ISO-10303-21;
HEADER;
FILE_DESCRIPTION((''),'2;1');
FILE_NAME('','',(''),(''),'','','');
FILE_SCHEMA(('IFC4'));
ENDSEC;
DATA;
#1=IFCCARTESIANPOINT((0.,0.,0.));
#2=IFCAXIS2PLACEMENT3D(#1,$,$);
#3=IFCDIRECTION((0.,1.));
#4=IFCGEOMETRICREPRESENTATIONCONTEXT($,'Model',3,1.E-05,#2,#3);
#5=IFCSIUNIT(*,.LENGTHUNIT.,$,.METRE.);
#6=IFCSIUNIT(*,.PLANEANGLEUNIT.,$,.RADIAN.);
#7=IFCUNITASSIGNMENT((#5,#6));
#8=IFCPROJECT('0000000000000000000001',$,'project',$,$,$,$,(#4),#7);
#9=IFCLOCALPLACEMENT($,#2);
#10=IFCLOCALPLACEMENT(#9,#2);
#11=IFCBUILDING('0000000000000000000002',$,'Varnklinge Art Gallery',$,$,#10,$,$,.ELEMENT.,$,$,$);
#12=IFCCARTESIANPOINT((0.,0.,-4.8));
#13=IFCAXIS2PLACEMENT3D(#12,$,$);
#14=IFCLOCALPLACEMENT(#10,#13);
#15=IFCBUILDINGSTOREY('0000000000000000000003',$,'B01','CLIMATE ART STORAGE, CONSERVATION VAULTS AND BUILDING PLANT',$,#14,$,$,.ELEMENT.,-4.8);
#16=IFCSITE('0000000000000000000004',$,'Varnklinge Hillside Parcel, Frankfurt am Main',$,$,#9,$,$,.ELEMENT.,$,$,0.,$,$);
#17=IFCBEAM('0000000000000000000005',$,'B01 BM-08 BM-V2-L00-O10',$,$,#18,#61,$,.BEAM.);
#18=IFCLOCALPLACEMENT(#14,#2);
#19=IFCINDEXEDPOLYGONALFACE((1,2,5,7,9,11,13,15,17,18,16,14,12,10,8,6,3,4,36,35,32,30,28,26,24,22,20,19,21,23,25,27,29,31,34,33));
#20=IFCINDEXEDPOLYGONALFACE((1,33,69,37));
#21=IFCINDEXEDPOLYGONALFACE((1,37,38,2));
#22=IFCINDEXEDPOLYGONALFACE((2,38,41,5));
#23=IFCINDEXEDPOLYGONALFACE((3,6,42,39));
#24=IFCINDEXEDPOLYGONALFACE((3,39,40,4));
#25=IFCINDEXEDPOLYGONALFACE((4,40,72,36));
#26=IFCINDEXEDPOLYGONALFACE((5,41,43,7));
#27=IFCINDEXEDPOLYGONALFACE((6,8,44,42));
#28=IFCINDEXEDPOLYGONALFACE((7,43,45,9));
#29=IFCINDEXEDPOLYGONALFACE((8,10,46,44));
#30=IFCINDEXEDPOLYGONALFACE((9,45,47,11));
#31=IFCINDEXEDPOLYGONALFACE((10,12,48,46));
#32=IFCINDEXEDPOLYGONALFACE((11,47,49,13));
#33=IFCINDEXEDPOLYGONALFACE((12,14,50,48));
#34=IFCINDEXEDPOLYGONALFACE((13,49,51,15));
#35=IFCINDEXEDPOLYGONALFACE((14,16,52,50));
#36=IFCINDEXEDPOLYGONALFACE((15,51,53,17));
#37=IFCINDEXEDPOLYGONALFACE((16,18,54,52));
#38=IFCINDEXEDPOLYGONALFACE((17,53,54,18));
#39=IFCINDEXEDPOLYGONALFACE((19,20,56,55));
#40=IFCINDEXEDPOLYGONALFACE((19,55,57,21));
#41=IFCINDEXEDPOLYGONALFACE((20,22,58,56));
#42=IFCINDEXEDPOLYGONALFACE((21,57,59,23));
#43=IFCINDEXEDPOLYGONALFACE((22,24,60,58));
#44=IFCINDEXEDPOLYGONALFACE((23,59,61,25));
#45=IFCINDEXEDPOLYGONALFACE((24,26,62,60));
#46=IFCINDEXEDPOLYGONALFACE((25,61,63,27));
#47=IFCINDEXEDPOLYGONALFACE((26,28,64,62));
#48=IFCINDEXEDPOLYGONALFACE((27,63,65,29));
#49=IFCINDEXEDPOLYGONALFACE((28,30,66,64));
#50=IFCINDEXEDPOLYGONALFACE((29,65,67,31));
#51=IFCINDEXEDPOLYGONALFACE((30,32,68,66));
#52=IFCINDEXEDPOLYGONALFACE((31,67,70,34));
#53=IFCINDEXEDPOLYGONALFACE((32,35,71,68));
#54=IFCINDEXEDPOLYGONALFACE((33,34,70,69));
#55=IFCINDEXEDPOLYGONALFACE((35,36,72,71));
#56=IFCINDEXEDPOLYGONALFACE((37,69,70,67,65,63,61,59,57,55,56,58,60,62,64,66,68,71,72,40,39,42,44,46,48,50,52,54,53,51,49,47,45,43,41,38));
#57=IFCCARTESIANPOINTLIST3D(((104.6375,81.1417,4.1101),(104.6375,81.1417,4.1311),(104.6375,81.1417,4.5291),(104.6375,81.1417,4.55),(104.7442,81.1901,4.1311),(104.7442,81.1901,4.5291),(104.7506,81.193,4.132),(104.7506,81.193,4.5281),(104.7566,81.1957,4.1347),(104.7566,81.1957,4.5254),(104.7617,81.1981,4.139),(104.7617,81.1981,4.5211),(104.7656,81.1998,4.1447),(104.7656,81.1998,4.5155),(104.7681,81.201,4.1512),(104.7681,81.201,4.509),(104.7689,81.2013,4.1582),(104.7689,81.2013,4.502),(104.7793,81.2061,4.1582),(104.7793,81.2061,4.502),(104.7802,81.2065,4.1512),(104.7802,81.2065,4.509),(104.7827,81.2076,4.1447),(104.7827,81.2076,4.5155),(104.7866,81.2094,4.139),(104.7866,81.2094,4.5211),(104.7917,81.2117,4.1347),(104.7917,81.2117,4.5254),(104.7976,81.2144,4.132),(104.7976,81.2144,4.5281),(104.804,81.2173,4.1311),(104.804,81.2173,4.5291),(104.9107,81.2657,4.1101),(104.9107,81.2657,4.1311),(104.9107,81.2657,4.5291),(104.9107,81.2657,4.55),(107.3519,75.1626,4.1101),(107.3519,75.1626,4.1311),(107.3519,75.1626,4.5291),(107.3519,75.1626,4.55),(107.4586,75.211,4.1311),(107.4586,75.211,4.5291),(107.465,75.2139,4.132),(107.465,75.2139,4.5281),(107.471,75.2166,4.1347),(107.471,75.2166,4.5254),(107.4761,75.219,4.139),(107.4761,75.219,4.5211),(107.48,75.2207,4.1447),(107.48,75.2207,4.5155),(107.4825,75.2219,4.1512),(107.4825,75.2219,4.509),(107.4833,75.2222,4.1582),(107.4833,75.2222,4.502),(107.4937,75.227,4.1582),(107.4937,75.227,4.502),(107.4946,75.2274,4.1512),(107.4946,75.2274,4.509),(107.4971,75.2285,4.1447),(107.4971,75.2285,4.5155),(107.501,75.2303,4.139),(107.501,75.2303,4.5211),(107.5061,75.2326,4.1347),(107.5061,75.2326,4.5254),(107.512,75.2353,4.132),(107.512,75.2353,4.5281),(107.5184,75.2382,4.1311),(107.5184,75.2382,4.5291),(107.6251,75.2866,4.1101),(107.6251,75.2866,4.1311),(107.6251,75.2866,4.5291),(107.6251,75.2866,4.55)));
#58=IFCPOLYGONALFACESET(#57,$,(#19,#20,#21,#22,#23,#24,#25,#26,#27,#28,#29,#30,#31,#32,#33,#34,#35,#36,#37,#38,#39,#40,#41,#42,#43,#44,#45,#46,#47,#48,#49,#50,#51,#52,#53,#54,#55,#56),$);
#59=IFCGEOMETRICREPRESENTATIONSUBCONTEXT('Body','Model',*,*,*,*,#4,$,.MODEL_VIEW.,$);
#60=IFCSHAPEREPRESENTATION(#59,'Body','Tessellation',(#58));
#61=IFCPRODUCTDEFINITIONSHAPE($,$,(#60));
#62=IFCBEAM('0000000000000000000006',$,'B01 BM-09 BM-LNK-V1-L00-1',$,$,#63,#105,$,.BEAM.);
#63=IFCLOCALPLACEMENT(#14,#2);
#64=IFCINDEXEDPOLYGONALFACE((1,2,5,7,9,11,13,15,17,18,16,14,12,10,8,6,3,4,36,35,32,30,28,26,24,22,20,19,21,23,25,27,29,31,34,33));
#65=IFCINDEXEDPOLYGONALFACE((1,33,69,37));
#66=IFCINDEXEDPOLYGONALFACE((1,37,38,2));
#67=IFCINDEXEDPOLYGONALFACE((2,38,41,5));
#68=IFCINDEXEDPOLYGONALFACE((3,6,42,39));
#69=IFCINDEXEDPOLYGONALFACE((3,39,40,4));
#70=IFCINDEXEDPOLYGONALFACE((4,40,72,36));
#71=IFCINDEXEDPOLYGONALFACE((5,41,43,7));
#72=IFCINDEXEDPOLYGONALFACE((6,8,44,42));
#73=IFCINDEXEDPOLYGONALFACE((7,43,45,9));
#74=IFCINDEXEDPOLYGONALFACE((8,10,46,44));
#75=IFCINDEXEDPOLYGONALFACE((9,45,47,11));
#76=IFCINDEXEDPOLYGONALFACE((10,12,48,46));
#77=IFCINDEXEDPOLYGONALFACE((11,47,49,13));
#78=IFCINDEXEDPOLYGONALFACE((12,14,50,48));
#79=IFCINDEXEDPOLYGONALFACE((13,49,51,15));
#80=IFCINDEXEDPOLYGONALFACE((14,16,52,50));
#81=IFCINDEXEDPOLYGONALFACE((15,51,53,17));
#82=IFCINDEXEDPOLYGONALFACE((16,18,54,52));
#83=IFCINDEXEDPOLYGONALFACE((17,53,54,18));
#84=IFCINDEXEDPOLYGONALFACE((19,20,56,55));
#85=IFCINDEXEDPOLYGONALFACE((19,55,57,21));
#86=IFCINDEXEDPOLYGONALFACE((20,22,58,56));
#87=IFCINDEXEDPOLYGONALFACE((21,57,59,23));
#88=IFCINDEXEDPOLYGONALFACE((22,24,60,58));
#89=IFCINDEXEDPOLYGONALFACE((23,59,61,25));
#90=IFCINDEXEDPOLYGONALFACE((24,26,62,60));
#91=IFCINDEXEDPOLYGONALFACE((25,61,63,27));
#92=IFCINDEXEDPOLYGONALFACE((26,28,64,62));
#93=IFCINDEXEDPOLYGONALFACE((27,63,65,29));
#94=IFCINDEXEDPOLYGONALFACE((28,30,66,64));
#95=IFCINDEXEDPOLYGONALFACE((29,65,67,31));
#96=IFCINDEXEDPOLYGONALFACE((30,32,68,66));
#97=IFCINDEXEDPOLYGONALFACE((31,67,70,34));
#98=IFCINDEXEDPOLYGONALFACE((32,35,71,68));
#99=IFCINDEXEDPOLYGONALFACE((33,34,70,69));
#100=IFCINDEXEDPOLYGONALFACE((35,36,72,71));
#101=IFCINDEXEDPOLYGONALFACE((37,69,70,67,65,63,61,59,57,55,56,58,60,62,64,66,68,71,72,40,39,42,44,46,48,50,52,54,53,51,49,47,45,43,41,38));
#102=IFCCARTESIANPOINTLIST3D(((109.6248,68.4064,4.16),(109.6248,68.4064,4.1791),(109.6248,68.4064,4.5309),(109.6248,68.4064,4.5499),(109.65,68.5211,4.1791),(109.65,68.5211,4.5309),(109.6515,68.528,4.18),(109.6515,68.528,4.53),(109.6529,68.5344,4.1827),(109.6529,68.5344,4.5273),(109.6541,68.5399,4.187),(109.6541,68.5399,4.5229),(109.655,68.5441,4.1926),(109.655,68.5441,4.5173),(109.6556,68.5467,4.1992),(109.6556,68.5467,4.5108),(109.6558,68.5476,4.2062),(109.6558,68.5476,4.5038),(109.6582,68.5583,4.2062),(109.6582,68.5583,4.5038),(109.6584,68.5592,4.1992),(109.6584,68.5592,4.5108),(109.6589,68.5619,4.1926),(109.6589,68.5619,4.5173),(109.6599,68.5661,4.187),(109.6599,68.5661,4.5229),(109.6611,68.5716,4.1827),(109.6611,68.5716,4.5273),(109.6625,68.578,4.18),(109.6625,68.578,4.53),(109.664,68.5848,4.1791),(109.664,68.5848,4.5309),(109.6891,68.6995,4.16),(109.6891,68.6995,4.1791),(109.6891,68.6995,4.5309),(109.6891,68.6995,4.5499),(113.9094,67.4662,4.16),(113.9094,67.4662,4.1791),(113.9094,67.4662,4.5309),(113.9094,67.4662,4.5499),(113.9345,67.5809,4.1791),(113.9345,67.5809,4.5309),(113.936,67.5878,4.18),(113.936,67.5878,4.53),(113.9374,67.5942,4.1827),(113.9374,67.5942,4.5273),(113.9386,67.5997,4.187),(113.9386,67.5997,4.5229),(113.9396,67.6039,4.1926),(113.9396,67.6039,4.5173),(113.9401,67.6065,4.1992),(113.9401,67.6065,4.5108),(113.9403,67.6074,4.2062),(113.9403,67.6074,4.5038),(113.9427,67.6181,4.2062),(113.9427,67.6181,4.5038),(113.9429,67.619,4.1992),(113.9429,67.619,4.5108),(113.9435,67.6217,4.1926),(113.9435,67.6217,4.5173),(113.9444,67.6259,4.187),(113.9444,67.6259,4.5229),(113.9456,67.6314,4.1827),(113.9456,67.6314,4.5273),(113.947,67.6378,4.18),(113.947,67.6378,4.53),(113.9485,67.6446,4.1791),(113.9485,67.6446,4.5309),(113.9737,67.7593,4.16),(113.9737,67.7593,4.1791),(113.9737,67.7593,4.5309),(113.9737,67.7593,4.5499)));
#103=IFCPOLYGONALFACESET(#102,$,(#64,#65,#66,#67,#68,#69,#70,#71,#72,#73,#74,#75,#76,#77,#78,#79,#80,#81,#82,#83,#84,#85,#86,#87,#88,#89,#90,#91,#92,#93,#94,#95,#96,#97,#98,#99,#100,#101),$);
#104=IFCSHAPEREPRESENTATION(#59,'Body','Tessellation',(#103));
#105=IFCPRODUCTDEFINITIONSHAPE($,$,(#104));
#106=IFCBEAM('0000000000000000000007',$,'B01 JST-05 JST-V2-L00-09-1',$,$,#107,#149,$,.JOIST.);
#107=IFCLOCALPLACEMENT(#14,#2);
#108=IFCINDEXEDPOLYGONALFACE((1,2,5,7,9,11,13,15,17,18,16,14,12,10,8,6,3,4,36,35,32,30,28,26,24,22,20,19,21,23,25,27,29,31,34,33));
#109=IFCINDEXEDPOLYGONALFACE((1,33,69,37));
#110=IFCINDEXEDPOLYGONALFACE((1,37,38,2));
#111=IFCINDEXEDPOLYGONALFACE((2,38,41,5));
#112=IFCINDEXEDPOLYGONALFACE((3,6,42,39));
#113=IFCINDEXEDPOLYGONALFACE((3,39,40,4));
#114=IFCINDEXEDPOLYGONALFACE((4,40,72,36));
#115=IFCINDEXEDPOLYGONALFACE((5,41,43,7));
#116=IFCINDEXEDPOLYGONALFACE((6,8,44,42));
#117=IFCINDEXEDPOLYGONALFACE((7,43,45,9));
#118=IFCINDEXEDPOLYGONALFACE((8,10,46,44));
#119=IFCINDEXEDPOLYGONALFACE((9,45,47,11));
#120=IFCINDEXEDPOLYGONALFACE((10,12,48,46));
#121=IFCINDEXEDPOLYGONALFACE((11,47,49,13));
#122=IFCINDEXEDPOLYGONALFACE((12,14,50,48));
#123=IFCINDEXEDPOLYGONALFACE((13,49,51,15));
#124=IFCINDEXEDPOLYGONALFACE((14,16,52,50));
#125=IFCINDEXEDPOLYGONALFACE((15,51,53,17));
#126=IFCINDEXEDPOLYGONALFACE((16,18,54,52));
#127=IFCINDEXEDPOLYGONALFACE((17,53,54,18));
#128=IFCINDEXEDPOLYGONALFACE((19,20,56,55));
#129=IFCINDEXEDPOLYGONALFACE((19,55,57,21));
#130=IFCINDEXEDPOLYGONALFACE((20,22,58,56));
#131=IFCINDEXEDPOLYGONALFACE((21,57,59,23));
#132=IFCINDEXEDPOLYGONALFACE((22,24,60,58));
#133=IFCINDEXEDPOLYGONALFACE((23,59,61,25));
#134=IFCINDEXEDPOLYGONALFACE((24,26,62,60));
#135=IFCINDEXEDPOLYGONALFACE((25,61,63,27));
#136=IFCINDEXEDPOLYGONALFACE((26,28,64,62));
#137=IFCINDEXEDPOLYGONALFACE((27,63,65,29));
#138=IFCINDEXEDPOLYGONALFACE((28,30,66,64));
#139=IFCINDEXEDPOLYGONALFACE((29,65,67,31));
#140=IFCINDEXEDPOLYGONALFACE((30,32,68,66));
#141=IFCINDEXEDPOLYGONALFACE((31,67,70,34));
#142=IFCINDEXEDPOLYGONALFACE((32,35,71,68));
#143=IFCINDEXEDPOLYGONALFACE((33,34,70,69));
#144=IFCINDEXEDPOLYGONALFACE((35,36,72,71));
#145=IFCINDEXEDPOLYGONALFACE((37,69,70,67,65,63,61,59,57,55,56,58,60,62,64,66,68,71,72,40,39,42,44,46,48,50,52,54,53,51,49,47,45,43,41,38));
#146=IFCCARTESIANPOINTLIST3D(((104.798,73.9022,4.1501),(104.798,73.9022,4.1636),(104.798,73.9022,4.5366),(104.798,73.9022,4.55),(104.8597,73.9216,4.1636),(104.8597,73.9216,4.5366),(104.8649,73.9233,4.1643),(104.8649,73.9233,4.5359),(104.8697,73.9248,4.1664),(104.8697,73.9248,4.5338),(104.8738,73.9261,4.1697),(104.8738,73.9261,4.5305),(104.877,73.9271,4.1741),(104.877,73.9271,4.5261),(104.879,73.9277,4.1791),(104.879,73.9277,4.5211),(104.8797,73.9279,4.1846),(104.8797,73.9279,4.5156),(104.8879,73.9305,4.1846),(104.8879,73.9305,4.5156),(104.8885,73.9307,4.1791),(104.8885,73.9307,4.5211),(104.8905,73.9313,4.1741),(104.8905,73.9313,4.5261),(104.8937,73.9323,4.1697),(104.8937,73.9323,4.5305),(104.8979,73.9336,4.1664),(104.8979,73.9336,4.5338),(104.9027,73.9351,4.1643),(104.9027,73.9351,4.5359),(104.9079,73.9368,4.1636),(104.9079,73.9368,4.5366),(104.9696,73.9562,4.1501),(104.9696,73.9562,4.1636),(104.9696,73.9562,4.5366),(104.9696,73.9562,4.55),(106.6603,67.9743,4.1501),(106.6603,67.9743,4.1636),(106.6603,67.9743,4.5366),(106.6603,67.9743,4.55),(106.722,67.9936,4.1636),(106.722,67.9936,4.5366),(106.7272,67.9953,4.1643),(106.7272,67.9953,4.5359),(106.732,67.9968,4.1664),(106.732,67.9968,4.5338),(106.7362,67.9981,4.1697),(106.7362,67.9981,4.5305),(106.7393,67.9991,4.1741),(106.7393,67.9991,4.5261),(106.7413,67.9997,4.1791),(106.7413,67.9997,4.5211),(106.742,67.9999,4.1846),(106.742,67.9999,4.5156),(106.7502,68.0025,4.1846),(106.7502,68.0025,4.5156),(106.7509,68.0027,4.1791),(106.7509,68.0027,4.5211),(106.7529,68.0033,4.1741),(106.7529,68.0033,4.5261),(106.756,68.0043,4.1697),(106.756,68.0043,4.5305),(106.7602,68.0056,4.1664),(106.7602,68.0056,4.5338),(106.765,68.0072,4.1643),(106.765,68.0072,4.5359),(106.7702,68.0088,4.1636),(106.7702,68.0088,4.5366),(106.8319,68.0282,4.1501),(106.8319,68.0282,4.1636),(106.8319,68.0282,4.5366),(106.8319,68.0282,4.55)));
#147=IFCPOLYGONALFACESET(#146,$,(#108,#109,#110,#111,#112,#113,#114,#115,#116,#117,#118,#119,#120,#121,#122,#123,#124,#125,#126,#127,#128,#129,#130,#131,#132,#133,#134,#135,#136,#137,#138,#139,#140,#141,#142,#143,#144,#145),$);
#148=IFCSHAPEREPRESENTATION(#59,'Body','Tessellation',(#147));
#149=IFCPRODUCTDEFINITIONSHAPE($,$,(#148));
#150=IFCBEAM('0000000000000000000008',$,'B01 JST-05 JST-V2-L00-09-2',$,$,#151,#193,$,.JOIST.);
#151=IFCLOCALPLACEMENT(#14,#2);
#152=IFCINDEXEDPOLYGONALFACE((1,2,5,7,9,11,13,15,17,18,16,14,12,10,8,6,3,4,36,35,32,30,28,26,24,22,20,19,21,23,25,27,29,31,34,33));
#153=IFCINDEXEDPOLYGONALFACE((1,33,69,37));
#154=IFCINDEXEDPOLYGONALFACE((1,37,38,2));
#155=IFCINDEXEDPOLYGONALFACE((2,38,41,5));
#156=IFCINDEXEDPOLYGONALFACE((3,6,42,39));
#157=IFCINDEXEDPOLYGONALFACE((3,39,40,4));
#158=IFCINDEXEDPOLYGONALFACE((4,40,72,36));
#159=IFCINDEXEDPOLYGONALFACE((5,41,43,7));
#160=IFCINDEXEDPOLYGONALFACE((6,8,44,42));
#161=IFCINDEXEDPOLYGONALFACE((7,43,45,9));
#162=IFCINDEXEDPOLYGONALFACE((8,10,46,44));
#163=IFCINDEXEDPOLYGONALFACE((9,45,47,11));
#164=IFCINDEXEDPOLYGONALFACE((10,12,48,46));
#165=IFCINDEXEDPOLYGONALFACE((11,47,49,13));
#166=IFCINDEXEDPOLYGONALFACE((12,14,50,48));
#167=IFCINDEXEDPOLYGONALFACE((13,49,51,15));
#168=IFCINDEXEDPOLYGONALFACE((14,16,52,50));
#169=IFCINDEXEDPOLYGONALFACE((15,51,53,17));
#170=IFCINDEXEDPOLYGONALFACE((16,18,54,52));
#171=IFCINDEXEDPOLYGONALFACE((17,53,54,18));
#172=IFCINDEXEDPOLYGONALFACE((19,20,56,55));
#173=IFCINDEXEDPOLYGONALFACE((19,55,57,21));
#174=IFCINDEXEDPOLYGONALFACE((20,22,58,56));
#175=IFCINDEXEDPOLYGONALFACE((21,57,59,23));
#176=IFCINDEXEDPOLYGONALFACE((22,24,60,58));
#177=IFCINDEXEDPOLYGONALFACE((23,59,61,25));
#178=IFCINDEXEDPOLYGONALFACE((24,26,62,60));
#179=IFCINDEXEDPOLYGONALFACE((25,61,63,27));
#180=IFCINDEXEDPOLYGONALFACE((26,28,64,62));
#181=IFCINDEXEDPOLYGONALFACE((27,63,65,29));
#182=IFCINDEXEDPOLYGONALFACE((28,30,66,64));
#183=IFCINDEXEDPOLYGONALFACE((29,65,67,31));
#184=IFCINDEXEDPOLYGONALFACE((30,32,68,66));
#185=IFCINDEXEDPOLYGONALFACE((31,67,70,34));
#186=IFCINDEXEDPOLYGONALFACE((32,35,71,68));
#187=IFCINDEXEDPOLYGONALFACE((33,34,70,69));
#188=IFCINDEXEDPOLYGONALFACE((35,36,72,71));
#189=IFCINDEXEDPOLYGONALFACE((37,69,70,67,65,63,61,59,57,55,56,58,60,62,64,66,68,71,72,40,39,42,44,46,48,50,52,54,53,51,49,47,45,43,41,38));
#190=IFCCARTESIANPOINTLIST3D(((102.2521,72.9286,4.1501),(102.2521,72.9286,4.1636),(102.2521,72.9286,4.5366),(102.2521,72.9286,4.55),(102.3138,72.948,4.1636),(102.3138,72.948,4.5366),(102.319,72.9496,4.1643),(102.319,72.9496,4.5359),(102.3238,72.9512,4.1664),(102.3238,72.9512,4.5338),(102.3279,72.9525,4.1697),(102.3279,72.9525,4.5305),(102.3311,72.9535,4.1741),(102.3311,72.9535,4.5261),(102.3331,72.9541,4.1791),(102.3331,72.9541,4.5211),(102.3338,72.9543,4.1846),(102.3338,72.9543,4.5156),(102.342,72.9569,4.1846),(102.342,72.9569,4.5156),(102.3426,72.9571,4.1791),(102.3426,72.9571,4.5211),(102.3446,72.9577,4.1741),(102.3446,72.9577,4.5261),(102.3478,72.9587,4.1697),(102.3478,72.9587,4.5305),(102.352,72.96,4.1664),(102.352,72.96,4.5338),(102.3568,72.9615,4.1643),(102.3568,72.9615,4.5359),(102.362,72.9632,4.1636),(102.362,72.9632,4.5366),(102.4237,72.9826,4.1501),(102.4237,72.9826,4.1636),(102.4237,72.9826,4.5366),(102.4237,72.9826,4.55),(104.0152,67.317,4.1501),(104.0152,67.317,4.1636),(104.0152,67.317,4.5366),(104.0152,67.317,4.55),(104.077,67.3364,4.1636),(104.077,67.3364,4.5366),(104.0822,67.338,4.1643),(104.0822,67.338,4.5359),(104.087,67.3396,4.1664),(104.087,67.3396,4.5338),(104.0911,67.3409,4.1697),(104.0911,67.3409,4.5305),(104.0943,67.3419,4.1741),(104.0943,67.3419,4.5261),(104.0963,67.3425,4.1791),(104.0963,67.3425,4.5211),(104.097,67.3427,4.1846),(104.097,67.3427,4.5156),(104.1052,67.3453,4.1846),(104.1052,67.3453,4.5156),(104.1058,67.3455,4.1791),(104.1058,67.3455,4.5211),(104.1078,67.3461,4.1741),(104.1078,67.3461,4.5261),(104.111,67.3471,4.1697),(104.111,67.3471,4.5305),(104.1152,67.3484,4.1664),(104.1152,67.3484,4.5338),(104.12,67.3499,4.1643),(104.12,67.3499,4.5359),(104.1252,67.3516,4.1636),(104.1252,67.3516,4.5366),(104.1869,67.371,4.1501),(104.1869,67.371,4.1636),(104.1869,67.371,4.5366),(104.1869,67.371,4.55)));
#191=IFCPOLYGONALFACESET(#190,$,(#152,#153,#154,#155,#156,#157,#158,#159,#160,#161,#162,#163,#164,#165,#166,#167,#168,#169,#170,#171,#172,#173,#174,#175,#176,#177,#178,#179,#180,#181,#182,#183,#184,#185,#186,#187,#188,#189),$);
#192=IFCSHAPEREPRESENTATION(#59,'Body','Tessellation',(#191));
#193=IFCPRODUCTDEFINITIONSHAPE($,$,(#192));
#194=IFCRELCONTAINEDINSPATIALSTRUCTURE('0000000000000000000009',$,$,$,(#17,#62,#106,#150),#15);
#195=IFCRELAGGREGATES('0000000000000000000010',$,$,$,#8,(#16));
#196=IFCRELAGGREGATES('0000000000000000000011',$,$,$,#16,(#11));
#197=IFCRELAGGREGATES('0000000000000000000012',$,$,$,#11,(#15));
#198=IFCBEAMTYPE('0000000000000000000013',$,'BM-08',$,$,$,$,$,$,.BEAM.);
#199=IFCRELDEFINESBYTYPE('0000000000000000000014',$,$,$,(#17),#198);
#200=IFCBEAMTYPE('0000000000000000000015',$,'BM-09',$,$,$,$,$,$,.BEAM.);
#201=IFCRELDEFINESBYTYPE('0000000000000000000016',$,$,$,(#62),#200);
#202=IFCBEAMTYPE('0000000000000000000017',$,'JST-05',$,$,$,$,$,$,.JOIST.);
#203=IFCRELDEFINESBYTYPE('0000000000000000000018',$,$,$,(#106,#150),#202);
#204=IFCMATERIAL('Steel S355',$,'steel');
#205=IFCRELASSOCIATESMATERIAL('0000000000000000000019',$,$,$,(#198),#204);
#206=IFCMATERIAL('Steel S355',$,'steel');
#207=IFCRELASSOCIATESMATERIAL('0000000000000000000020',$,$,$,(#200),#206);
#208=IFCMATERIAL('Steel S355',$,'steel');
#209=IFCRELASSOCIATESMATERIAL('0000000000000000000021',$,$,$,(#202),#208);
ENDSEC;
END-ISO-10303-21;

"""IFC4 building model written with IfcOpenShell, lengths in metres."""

from ifc_helpers import new_model, si_unit, direction, frame, origin, origin_2d, place, context, subcontext, project, spatial, i_section, extrude, material, material_profile, profile_set, type_object, element, save


model = new_model("IFC4")

# Units and contexts
model_context = context("Model", 3, precision=1e-05, world=origin(), true_north=direction((0.0, 1.0)))
body_context = subcontext(model_context, "Body", "Model", "MODEL_VIEW")
ifc_project = project(units=[si_unit("LENGTHUNIT", "METRE"), si_unit("PLANEANGLEUNIT", "RADIAN")], contexts=[model_context])

# Site, building, storey
site_placement = place(None, origin())
site = spatial("IfcSite", under=ifc_project, at=site_placement, Name="Varnklinge Hillside Parcel, Frankfurt am Main", CompositionType="ELEMENT", RefElevation=0.0)
building_placement = place(site_placement, origin())
building = spatial("IfcBuilding", under=site, at=building_placement, Name="Varnklinge Art Gallery", CompositionType="ELEMENT")
storey_placement = place(building_placement, frame((0.0, 0.0, -4.8)))
storey = spatial("IfcBuildingStorey", under=building, at=storey_placement, Name="B01", Description="CLIMATE ART STORAGE, CONSERVATION VAULTS AND BUILDING PLANT", CompositionType="ELEMENT", Elevation=-4.8)

# Beams
ifc_material_1 = material(Name="Steel S355", Category="steel")
ifc_material_profile_1 = material_profile(ifc_material_1, i_section(OverallWidth=0.3, OverallDepth=0.4399, WebThickness=0.0115, FlangeThickness=0.021, FilletRadius=0.0271, at=origin_2d()), Name="HEA 450")
ifc_profile_set_1 = profile_set([ifc_material_profile_1], Name="Steel S355")
beam_type_1 = type_object("IfcBeamType", Name="BM-08", PredefinedType="BEAM", material=ifc_profile_set_1)
beam_1_placement = place(storey_placement, frame((107.4885, 75.2246, 4.3301), z_axis=(-0.413377, 0.91056, 0.0), x_axis=(-0.91056, -0.413377, 0.0)))
element("IfcBeam", 1, at=beam_1_placement, inside=storey, type_object=beam_type_1, Name="B01 BM-08 BM-V2-L00-O10", PredefinedType="BEAM", context=body_context, shape_type="SweptSolid", body=[
    extrude(i_section(OverallWidth=0.3, OverallDepth=0.4399, WebThickness=0.0115, FlangeThickness=0.021, FilletRadius=0.0271, at=origin_2d()), origin(), (0.0, 0.0, 1.0), 6.5664),
])
ifc_material_2 = material(Name="Steel S355", Category="steel")
ifc_material_profile_2 = material_profile(ifc_material_2, i_section(OverallWidth=0.3, OverallDepth=0.3899, WebThickness=0.011, FlangeThickness=0.019, FilletRadius=0.0271, at=origin_2d()), Name="HEA 400")
ifc_profile_set_2 = profile_set([ifc_material_profile_2], Name="Steel S355")
beam_type_2 = type_object("IfcBeamType", Name="BM-09", PredefinedType="BEAM", material=ifc_profile_set_2)
beam_2_placement = place(storey_placement, frame((109.657, 68.553, 4.355), z_axis=(0.976759, -0.214343, 0.0), x_axis=(0.214343, 0.976759, 0.0)))
element("IfcBeam", 2, at=beam_2_placement, inside=storey, type_object=beam_type_2, Name="B01 BM-09 BM-LNK-V1-L00-1", PredefinedType="BEAM", context=body_context, shape_type="SweptSolid", body=[
    extrude(i_section(OverallWidth=0.3, OverallDepth=0.3899, WebThickness=0.011, FlangeThickness=0.019, FilletRadius=0.0271, at=origin_2d()), origin(), (0.0, 0.0, 1.0), 4.3865),
])
ifc_material_3 = material(Name="Steel S355", Category="steel")
ifc_material_profile_3 = material_profile(ifc_material_3, i_section(OverallWidth=0.1799, OverallDepth=0.3999, WebThickness=0.0085, FlangeThickness=0.0134, FilletRadius=0.021, at=origin_2d()), Name="IPE 400")
ifc_profile_set_3 = profile_set([ifc_material_profile_3], Name="Steel S355")
beam_type_3 = type_object("IfcBeamType", Name="JST-05", PredefinedType="JOIST", material=ifc_profile_set_3)
beam_3_placement = place(storey_placement, frame((106.7461, 68.0012, 4.3501), z_axis=(-0.299713, 0.954029, 0.0), x_axis=(-0.954029, -0.299713, 0.0)))
element("IfcBeam", 3, at=beam_3_placement, inside=storey, type_object=beam_type_3, Name="B01 JST-05 JST-V2-L00-09-1", PredefinedType="JOIST", context=body_context, shape_type="SweptSolid", body=[
    extrude(i_section(OverallWidth=0.1799, OverallDepth=0.3999, WebThickness=0.0085, FlangeThickness=0.0134, FilletRadius=0.021, at=origin_2d()), origin(), (0.0, 0.0, 1.0), 6.2136),
])
beam_4_placement = place(storey_placement, frame((104.1011, 67.344, 4.3501), z_axis=(-0.299756, 0.954016, 0.0), x_axis=(-0.954016, -0.299756, 0.0)))
element("IfcBeam", 4, at=beam_4_placement, inside=storey, type_object=beam_type_3, Name="B01 JST-05 JST-V2-L00-09-2", PredefinedType="JOIST", context=body_context, shape_type="SweptSolid", body=[
    extrude(i_section(OverallWidth=0.1799, OverallDepth=0.3999, WebThickness=0.0085, FlangeThickness=0.0134, FilletRadius=0.021, at=origin_2d()), origin(), (0.0, 0.0, 1.0), 5.8821),
])

save(model, "model.ifc")
